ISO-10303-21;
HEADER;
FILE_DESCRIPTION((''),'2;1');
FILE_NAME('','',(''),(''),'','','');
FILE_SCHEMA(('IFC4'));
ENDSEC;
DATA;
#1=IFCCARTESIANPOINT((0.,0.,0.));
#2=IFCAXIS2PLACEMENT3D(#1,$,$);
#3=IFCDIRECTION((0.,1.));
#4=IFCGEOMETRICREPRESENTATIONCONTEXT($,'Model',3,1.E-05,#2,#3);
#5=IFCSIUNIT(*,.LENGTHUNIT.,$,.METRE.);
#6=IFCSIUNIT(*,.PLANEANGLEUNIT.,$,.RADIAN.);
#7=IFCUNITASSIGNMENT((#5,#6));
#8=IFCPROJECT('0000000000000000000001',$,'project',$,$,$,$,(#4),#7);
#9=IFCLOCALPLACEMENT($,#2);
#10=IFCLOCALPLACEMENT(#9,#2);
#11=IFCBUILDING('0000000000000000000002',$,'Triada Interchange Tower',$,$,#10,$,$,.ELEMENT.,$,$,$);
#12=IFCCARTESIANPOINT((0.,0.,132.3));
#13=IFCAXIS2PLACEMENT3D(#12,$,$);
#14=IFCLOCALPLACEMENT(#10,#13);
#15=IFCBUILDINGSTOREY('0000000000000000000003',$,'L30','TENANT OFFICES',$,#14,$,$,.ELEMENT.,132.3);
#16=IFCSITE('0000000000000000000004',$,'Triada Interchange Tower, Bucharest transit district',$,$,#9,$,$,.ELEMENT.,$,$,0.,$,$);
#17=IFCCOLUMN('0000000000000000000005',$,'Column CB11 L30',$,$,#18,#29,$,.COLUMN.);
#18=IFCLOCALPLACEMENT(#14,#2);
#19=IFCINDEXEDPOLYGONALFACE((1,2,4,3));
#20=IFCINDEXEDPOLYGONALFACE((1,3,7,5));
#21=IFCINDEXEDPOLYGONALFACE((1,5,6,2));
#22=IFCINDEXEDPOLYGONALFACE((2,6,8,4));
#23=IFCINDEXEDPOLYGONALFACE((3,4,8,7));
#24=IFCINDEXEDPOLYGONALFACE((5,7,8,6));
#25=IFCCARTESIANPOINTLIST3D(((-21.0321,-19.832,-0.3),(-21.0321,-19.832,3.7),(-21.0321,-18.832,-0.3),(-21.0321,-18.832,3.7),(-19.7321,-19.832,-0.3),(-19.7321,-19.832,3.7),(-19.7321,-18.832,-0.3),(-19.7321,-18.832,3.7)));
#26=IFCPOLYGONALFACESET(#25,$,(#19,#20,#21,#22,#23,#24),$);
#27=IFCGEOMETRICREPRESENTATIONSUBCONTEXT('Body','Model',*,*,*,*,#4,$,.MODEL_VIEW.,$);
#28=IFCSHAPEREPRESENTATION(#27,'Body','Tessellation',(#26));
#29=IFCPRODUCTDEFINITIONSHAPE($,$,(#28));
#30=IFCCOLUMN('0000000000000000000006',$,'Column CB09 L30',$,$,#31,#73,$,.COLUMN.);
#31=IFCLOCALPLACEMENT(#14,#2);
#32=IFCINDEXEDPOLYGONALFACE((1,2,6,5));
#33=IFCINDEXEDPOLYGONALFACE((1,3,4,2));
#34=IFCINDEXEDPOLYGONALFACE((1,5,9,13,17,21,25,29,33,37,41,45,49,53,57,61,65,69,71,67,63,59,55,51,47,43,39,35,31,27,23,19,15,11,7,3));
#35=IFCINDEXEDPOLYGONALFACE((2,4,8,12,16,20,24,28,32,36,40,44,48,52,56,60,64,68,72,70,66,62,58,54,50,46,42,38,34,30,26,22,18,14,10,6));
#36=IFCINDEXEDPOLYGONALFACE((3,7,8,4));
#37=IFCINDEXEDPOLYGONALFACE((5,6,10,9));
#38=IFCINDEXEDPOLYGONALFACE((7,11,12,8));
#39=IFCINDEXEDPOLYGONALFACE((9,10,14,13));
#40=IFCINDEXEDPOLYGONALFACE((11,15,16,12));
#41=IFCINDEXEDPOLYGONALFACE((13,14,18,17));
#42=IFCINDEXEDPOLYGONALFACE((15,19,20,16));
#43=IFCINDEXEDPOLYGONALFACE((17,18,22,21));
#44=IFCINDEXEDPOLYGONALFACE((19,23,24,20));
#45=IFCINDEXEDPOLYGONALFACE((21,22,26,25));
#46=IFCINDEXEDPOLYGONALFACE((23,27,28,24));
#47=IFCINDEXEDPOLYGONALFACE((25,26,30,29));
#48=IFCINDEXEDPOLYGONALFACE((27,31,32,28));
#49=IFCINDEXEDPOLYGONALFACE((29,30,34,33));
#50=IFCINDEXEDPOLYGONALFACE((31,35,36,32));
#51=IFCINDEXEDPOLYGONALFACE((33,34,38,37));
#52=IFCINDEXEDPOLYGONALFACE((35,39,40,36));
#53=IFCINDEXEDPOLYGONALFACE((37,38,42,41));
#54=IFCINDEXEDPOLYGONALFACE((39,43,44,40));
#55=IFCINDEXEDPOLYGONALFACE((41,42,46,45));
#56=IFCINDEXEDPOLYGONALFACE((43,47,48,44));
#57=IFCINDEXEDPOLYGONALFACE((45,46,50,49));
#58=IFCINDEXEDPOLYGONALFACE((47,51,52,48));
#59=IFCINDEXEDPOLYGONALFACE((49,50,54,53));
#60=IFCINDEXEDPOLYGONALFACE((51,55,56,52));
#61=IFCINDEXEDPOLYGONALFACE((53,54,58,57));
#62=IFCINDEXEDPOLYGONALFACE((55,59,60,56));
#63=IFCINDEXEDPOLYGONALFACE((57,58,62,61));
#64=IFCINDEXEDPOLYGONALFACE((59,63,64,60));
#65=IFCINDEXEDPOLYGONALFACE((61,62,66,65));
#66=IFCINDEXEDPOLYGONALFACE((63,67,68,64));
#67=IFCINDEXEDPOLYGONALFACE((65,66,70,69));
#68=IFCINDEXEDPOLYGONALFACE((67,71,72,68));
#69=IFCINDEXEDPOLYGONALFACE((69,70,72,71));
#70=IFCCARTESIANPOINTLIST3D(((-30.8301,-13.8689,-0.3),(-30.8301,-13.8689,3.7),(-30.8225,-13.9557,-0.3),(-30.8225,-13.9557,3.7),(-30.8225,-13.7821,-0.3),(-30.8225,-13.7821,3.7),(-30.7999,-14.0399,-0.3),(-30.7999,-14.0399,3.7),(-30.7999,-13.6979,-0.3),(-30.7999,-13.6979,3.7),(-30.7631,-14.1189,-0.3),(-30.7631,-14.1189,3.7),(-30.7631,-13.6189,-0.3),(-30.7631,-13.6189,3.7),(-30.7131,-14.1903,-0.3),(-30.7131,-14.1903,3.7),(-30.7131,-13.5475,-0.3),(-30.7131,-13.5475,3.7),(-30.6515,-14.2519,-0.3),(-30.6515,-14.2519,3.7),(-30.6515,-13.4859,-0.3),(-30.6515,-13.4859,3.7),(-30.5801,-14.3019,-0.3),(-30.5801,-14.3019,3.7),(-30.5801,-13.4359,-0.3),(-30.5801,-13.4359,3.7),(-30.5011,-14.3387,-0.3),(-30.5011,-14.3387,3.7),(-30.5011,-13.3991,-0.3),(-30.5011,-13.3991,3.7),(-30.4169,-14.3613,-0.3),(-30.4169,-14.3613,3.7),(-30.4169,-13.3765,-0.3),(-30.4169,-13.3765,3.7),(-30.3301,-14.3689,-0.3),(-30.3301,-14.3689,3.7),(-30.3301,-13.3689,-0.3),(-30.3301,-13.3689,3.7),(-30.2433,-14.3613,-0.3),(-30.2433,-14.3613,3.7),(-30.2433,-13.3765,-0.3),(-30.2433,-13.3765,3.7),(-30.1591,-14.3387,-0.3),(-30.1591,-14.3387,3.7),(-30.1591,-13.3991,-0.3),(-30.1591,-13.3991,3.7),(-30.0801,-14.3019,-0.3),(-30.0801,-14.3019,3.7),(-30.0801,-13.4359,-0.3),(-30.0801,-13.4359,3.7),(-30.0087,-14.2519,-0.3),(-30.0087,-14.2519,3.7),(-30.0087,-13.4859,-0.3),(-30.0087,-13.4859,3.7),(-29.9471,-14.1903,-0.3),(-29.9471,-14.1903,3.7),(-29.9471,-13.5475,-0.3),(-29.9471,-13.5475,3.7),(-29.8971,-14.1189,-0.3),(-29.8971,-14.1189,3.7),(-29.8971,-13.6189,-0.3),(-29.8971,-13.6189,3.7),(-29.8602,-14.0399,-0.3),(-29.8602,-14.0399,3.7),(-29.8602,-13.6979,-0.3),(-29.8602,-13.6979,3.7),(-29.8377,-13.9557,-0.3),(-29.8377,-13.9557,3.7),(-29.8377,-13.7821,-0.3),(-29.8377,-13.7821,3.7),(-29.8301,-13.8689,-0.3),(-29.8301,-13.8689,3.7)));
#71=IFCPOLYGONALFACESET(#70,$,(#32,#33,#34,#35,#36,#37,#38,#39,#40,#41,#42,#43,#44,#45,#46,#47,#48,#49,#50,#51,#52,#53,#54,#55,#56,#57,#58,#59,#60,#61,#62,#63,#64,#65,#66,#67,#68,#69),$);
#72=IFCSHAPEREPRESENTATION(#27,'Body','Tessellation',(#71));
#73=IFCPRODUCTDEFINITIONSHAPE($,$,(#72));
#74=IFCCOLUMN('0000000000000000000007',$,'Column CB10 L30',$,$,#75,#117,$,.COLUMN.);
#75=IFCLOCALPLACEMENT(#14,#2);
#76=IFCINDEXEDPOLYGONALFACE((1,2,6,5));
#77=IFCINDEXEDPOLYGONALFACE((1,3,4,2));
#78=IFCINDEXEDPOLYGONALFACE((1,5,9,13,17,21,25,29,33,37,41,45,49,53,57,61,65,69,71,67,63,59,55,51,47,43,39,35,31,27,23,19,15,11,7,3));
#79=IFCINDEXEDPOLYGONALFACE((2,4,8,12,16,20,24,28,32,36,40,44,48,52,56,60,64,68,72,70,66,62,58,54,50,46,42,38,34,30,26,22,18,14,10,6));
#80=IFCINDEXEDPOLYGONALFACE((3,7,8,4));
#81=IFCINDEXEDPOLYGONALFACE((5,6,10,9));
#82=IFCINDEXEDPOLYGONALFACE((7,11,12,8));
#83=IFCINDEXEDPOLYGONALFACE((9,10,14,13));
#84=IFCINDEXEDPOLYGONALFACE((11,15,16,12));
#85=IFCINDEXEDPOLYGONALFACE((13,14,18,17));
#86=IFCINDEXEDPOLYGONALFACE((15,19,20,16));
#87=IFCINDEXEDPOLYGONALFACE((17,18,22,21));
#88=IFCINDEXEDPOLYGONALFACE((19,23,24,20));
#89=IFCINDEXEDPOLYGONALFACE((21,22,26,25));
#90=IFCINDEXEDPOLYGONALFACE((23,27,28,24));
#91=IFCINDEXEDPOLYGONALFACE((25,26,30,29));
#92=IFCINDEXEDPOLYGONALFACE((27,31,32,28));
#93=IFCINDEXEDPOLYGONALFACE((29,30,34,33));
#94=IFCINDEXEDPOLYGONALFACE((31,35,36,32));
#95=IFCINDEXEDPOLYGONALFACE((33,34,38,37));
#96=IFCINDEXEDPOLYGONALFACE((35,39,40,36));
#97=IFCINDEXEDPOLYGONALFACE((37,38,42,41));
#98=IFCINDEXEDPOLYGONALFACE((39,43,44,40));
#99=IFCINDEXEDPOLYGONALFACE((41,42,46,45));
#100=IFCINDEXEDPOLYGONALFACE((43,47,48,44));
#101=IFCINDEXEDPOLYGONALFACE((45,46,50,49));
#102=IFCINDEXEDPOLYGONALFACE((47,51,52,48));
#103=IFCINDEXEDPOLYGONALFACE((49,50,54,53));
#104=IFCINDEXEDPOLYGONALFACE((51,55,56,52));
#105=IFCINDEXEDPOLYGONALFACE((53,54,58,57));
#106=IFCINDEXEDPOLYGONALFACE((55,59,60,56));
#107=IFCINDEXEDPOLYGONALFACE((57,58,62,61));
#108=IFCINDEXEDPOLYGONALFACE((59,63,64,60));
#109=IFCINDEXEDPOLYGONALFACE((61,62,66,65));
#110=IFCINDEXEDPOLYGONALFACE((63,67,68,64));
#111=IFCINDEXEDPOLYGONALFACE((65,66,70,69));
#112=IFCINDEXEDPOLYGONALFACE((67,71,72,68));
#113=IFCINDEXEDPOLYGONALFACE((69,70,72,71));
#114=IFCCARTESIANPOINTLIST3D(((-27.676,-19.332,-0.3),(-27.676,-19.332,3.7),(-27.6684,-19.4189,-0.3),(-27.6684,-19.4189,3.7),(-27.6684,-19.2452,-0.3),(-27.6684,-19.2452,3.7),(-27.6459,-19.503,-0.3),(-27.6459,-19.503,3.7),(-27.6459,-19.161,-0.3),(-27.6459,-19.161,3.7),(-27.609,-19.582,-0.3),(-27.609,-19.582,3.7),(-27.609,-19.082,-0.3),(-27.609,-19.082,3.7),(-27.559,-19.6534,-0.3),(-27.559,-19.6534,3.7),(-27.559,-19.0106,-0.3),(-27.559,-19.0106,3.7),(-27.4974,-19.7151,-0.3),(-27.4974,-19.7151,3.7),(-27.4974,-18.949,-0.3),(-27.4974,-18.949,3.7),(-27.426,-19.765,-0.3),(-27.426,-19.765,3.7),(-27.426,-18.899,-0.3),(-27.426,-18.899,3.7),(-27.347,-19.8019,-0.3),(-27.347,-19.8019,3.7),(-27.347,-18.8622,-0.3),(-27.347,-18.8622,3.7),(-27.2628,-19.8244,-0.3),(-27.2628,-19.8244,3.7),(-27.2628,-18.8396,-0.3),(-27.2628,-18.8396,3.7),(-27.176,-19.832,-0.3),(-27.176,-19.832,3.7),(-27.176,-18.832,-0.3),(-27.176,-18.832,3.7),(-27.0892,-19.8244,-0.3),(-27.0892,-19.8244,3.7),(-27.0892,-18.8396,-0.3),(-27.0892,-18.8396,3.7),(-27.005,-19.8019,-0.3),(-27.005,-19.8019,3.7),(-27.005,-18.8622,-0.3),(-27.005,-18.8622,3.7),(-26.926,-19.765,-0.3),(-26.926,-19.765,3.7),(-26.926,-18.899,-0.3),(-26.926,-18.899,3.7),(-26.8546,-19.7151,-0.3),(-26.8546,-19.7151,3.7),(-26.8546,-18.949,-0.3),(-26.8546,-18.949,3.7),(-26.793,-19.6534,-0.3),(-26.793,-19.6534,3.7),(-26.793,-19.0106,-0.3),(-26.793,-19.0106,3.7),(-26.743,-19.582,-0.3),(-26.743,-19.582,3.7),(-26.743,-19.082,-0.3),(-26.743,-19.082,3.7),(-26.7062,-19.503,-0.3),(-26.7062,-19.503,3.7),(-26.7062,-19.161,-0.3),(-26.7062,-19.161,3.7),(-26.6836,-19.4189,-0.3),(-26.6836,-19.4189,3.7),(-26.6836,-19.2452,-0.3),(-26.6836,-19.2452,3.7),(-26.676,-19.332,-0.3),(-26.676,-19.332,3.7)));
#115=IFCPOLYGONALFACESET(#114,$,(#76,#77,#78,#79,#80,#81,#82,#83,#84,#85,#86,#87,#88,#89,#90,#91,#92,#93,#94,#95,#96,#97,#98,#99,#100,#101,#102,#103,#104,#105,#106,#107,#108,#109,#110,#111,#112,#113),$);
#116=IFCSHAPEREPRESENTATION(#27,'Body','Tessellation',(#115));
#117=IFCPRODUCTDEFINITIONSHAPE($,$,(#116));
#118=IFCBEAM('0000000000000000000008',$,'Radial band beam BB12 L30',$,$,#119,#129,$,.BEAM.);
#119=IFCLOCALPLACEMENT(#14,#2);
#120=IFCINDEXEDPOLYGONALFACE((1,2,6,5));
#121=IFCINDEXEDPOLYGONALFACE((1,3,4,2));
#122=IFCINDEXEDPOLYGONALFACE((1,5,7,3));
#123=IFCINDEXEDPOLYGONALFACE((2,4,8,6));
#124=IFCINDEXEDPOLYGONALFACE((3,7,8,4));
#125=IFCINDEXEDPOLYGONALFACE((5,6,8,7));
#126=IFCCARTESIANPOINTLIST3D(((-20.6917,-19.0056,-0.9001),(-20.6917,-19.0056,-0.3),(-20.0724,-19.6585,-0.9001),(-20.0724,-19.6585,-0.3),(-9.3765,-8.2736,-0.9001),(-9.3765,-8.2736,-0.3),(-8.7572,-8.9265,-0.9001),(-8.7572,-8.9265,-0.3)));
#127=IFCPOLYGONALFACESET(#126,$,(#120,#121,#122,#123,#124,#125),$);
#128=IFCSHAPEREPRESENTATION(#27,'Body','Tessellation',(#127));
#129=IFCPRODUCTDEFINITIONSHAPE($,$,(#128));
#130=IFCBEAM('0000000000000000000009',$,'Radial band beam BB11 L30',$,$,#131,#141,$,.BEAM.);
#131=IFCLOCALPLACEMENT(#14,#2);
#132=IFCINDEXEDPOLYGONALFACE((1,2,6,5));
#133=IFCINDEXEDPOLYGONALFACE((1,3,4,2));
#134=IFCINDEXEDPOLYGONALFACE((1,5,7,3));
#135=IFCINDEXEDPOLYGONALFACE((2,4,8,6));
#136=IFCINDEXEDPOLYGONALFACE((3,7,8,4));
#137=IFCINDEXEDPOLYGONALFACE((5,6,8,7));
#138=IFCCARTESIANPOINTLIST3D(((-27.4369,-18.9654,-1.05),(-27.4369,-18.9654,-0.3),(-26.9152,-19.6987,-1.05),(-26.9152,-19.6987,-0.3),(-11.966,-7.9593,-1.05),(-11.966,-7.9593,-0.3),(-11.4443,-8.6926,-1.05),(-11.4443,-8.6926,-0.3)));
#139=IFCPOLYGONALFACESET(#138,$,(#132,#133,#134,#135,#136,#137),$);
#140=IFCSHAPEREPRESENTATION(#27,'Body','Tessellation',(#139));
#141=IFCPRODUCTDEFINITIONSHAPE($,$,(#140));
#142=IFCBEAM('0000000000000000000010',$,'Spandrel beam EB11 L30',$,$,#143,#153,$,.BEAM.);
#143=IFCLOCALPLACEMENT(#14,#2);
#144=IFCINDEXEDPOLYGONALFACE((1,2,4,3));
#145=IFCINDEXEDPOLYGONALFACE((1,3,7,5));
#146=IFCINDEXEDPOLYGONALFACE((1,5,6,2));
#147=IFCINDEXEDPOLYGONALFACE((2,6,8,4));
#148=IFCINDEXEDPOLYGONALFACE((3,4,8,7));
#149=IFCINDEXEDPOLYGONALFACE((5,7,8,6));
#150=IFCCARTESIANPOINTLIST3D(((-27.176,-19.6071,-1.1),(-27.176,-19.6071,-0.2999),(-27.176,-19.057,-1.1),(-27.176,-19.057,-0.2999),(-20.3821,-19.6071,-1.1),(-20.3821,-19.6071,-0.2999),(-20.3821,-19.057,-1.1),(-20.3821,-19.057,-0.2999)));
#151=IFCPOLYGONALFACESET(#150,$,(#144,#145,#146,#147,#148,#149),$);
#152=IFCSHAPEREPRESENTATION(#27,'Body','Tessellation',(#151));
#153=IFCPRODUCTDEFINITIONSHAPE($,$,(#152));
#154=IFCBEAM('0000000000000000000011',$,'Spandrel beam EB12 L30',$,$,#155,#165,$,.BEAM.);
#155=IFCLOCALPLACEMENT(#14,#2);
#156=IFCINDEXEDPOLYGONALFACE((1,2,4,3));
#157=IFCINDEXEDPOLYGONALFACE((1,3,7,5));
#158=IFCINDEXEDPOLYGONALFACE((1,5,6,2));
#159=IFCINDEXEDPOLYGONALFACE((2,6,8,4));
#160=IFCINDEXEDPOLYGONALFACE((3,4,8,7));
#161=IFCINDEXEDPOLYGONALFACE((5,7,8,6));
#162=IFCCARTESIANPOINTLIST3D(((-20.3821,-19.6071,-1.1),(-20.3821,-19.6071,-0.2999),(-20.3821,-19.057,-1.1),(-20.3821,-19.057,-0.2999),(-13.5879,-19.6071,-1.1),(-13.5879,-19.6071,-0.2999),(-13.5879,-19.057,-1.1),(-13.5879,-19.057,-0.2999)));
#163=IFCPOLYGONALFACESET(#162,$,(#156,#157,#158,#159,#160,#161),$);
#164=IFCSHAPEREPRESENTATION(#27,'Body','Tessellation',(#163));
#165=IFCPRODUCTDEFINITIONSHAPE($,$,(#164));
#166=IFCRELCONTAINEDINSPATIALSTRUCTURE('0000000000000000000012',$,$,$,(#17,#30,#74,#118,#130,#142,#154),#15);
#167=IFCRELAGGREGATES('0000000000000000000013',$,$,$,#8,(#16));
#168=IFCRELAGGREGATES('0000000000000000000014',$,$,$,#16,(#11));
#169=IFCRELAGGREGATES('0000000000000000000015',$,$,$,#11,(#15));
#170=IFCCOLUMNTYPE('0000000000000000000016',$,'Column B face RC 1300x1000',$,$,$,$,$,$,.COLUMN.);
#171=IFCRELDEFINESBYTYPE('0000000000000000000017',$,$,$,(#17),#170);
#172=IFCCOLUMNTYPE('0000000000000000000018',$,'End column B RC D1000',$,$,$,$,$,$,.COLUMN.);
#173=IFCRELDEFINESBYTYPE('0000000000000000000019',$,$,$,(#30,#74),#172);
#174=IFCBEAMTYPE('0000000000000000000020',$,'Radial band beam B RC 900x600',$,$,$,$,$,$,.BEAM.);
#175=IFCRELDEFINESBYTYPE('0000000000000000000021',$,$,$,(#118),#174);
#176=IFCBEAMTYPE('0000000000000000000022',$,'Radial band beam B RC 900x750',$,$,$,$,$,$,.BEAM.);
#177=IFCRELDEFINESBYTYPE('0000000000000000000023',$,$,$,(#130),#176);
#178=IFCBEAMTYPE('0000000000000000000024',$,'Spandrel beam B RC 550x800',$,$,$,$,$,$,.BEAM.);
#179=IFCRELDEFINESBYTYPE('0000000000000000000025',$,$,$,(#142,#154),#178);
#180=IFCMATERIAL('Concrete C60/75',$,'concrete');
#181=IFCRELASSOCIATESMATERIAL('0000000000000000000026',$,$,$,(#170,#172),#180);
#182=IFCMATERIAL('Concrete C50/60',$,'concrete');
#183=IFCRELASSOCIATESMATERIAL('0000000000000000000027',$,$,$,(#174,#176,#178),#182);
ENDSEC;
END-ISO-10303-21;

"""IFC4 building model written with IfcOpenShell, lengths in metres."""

from ifc_helpers import new_model, si_unit, direction, frame, origin, origin_2d, place, context, subcontext, project, spatial, rectangle, circle, extrude, material, material_profile, profile_set, type_object, element, save


model = new_model("IFC4")

# Units and contexts
model_context = context("Model", 3, precision=1e-05, world=origin(), true_north=direction((0.0, 1.0)))
body_context = subcontext(model_context, "Body", "Model", "MODEL_VIEW")
ifc_project = project(units=[si_unit("LENGTHUNIT", "METRE"), si_unit("PLANEANGLEUNIT", "RADIAN")], contexts=[model_context])

# Site, building, storey
site_placement = place(None, origin())
site = spatial("IfcSite", under=ifc_project, at=site_placement, Name="Triada Interchange Tower, Bucharest transit district", CompositionType="ELEMENT", RefElevation=0.0)
building_placement = place(site_placement, origin())
building = spatial("IfcBuilding", under=site, at=building_placement, Name="Triada Interchange Tower", CompositionType="ELEMENT")
storey_placement = place(building_placement, frame((0.0, 0.0, 132.3)))
storey = spatial("IfcBuildingStorey", under=building, at=storey_placement, Name="L30", Description="TENANT OFFICES", CompositionType="ELEMENT", Elevation=132.3)

# Columns
ifc_material_1 = material(Name="Concrete C60/75", Category="concrete")
ifc_material_profile_1 = material_profile(ifc_material_1, rectangle(XDim=1.3, YDim=1.0, at=origin_2d()), Name="RC 1300x1000")
ifc_profile_set_1 = profile_set([ifc_material_profile_1], Name="Concrete C60/75")
column_type_1 = type_object("IfcColumnType", Name="Column B face RC 1300x1000", PredefinedType="COLUMN", material=ifc_profile_set_1)
column_placement = place(storey_placement, frame((-20.3821, -19.332, -0.3), z_axis=(0.0, 0.0, 1.0), x_axis=(1.0, 0.0, 0.0)))
element("IfcColumn", 1, at=column_placement, inside=storey, type_object=column_type_1, Name="Column CB11 L30", PredefinedType="COLUMN", context=body_context, shape_type="SweptSolid", body=[
    extrude(rectangle(XDim=1.3, YDim=1.0, at=origin_2d()), origin(), (0.0, 0.0, 1.0), 4.0),
])
ifc_material_profile_2 = material_profile(ifc_material_1, circle(Radius=0.5, at=origin_2d()), Name="RC D1000")
ifc_profile_set_2 = profile_set([ifc_material_profile_2], Name="Concrete C60/75")
column_type_2 = type_object("IfcColumnType", Name="End column B RC D1000", PredefinedType="COLUMN", material=ifc_profile_set_2)
for number, where, z_axis, x_axis, name in (
    (2, (-30.3301, -13.8689, -0.3), (0.0, 0.0, 1.0), (0.5, 0.866025, 0.0), "Column CB09 L30"),
    (3, (-27.176, -19.332, -0.3), (0.0, 0.0, 1.0), (1.0, 0.0, 0.0), "Column CB10 L30"),
):
    element("IfcColumn", number, at=place(storey_placement, frame(where, z_axis=z_axis, x_axis=x_axis)), inside=storey, type_object=column_type_2, Name=name, PredefinedType="COLUMN", context=body_context, shape_type="SweptSolid", body=[
        extrude(circle(Radius=0.5, at=origin_2d()), origin(), (0.0, 0.0, 1.0), 4.0),
    ])

# Beams
ifc_material_2 = material(Name="Concrete C50/60", Category="concrete")
ifc_material_profile_3 = material_profile(ifc_material_2, rectangle(XDim=0.8999, YDim=0.6001, at=origin_2d()), Name="RC 900x600")
ifc_profile_set_3 = profile_set([ifc_material_profile_3], Name="Concrete C50/60")
beam_type_1 = type_object("IfcBeamType", Name="Radial band beam B RC 900x600", PredefinedType="BEAM", material=ifc_profile_set_3)
beam_1_placement = place(storey_placement, frame((-20.3821, -19.332, -0.6001), z_axis=(0.725559, 0.68816, 0.0), x_axis=(-0.68816, 0.725559, 0.0)))
element("IfcBeam", 4, at=beam_1_placement, inside=storey, type_object=beam_type_1, Name="Radial band beam BB12 L30", PredefinedType="BEAM", context=body_context, shape_type="SweptSolid", body=[
    extrude(rectangle(XDim=0.8999, YDim=0.6001, at=origin_2d()), origin(), (0.0, 0.0, 1.0), 15.5952),
])
ifc_material_profile_4 = material_profile(ifc_material_2, rectangle(XDim=0.8999, YDim=0.75, at=origin_2d()), Name="RC 900x750")
ifc_profile_set_4 = profile_set([ifc_material_profile_4], Name="Concrete C50/60")
beam_type_2 = type_object("IfcBeamType", Name="Radial band beam B RC 900x750", PredefinedType="BEAM", material=ifc_profile_set_4)
beam_2_placement = place(storey_placement, frame((-27.176, -19.332, -0.675), z_axis=(0.814842, 0.579683, 0.0), x_axis=(-0.579683, 0.814842, 0.0)))
element("IfcBeam", 5, at=beam_2_placement, inside=storey, type_object=beam_type_2, Name="Radial band beam BB11 L30", PredefinedType="BEAM", context=body_context, shape_type="SweptSolid", body=[
    extrude(rectangle(XDim=0.8999, YDim=0.75, at=origin_2d()), origin(), (0.0, 0.0, 1.0), 18.9863),
])
ifc_material_profile_5 = material_profile(ifc_material_2, rectangle(XDim=0.55, YDim=0.8, at=origin_2d()), Name="RC 550x800")
ifc_profile_set_5 = profile_set([ifc_material_profile_5], Name="Concrete C50/60")
beam_type_3 = type_object("IfcBeamType", Name="Spandrel beam B RC 550x800", PredefinedType="BEAM", material=ifc_profile_set_5)
beam_3_placement = place(storey_placement, frame((-27.176, -19.332, -0.7), z_axis=(1.0, 0.0, 0.0), x_axis=(0.0, 1.0, 0.0)))
element("IfcBeam", 6, at=beam_3_placement, inside=storey, type_object=beam_type_3, Name="Spandrel beam EB11 L30", PredefinedType="BEAM", context=body_context, shape_type="SweptSolid", body=[
    extrude(rectangle(XDim=0.55, YDim=0.8, at=origin_2d()), origin(), (0.0, 0.0, 1.0), 6.7939),
])
beam_4_placement = place(storey_placement, frame((-20.3821, -19.332, -0.7), z_axis=(1.0, 0.0, 0.0), x_axis=(0.0, 1.0, 0.0)))
element("IfcBeam", 7, at=beam_4_placement, inside=storey, type_object=beam_type_3, Name="Spandrel beam EB12 L30", PredefinedType="BEAM", context=body_context, shape_type="SweptSolid", body=[
    extrude(rectangle(XDim=0.55, YDim=0.8, at=origin_2d()), origin(), (0.0, 0.0, 1.0), 6.7942),
])

save(model, "model.ifc")
